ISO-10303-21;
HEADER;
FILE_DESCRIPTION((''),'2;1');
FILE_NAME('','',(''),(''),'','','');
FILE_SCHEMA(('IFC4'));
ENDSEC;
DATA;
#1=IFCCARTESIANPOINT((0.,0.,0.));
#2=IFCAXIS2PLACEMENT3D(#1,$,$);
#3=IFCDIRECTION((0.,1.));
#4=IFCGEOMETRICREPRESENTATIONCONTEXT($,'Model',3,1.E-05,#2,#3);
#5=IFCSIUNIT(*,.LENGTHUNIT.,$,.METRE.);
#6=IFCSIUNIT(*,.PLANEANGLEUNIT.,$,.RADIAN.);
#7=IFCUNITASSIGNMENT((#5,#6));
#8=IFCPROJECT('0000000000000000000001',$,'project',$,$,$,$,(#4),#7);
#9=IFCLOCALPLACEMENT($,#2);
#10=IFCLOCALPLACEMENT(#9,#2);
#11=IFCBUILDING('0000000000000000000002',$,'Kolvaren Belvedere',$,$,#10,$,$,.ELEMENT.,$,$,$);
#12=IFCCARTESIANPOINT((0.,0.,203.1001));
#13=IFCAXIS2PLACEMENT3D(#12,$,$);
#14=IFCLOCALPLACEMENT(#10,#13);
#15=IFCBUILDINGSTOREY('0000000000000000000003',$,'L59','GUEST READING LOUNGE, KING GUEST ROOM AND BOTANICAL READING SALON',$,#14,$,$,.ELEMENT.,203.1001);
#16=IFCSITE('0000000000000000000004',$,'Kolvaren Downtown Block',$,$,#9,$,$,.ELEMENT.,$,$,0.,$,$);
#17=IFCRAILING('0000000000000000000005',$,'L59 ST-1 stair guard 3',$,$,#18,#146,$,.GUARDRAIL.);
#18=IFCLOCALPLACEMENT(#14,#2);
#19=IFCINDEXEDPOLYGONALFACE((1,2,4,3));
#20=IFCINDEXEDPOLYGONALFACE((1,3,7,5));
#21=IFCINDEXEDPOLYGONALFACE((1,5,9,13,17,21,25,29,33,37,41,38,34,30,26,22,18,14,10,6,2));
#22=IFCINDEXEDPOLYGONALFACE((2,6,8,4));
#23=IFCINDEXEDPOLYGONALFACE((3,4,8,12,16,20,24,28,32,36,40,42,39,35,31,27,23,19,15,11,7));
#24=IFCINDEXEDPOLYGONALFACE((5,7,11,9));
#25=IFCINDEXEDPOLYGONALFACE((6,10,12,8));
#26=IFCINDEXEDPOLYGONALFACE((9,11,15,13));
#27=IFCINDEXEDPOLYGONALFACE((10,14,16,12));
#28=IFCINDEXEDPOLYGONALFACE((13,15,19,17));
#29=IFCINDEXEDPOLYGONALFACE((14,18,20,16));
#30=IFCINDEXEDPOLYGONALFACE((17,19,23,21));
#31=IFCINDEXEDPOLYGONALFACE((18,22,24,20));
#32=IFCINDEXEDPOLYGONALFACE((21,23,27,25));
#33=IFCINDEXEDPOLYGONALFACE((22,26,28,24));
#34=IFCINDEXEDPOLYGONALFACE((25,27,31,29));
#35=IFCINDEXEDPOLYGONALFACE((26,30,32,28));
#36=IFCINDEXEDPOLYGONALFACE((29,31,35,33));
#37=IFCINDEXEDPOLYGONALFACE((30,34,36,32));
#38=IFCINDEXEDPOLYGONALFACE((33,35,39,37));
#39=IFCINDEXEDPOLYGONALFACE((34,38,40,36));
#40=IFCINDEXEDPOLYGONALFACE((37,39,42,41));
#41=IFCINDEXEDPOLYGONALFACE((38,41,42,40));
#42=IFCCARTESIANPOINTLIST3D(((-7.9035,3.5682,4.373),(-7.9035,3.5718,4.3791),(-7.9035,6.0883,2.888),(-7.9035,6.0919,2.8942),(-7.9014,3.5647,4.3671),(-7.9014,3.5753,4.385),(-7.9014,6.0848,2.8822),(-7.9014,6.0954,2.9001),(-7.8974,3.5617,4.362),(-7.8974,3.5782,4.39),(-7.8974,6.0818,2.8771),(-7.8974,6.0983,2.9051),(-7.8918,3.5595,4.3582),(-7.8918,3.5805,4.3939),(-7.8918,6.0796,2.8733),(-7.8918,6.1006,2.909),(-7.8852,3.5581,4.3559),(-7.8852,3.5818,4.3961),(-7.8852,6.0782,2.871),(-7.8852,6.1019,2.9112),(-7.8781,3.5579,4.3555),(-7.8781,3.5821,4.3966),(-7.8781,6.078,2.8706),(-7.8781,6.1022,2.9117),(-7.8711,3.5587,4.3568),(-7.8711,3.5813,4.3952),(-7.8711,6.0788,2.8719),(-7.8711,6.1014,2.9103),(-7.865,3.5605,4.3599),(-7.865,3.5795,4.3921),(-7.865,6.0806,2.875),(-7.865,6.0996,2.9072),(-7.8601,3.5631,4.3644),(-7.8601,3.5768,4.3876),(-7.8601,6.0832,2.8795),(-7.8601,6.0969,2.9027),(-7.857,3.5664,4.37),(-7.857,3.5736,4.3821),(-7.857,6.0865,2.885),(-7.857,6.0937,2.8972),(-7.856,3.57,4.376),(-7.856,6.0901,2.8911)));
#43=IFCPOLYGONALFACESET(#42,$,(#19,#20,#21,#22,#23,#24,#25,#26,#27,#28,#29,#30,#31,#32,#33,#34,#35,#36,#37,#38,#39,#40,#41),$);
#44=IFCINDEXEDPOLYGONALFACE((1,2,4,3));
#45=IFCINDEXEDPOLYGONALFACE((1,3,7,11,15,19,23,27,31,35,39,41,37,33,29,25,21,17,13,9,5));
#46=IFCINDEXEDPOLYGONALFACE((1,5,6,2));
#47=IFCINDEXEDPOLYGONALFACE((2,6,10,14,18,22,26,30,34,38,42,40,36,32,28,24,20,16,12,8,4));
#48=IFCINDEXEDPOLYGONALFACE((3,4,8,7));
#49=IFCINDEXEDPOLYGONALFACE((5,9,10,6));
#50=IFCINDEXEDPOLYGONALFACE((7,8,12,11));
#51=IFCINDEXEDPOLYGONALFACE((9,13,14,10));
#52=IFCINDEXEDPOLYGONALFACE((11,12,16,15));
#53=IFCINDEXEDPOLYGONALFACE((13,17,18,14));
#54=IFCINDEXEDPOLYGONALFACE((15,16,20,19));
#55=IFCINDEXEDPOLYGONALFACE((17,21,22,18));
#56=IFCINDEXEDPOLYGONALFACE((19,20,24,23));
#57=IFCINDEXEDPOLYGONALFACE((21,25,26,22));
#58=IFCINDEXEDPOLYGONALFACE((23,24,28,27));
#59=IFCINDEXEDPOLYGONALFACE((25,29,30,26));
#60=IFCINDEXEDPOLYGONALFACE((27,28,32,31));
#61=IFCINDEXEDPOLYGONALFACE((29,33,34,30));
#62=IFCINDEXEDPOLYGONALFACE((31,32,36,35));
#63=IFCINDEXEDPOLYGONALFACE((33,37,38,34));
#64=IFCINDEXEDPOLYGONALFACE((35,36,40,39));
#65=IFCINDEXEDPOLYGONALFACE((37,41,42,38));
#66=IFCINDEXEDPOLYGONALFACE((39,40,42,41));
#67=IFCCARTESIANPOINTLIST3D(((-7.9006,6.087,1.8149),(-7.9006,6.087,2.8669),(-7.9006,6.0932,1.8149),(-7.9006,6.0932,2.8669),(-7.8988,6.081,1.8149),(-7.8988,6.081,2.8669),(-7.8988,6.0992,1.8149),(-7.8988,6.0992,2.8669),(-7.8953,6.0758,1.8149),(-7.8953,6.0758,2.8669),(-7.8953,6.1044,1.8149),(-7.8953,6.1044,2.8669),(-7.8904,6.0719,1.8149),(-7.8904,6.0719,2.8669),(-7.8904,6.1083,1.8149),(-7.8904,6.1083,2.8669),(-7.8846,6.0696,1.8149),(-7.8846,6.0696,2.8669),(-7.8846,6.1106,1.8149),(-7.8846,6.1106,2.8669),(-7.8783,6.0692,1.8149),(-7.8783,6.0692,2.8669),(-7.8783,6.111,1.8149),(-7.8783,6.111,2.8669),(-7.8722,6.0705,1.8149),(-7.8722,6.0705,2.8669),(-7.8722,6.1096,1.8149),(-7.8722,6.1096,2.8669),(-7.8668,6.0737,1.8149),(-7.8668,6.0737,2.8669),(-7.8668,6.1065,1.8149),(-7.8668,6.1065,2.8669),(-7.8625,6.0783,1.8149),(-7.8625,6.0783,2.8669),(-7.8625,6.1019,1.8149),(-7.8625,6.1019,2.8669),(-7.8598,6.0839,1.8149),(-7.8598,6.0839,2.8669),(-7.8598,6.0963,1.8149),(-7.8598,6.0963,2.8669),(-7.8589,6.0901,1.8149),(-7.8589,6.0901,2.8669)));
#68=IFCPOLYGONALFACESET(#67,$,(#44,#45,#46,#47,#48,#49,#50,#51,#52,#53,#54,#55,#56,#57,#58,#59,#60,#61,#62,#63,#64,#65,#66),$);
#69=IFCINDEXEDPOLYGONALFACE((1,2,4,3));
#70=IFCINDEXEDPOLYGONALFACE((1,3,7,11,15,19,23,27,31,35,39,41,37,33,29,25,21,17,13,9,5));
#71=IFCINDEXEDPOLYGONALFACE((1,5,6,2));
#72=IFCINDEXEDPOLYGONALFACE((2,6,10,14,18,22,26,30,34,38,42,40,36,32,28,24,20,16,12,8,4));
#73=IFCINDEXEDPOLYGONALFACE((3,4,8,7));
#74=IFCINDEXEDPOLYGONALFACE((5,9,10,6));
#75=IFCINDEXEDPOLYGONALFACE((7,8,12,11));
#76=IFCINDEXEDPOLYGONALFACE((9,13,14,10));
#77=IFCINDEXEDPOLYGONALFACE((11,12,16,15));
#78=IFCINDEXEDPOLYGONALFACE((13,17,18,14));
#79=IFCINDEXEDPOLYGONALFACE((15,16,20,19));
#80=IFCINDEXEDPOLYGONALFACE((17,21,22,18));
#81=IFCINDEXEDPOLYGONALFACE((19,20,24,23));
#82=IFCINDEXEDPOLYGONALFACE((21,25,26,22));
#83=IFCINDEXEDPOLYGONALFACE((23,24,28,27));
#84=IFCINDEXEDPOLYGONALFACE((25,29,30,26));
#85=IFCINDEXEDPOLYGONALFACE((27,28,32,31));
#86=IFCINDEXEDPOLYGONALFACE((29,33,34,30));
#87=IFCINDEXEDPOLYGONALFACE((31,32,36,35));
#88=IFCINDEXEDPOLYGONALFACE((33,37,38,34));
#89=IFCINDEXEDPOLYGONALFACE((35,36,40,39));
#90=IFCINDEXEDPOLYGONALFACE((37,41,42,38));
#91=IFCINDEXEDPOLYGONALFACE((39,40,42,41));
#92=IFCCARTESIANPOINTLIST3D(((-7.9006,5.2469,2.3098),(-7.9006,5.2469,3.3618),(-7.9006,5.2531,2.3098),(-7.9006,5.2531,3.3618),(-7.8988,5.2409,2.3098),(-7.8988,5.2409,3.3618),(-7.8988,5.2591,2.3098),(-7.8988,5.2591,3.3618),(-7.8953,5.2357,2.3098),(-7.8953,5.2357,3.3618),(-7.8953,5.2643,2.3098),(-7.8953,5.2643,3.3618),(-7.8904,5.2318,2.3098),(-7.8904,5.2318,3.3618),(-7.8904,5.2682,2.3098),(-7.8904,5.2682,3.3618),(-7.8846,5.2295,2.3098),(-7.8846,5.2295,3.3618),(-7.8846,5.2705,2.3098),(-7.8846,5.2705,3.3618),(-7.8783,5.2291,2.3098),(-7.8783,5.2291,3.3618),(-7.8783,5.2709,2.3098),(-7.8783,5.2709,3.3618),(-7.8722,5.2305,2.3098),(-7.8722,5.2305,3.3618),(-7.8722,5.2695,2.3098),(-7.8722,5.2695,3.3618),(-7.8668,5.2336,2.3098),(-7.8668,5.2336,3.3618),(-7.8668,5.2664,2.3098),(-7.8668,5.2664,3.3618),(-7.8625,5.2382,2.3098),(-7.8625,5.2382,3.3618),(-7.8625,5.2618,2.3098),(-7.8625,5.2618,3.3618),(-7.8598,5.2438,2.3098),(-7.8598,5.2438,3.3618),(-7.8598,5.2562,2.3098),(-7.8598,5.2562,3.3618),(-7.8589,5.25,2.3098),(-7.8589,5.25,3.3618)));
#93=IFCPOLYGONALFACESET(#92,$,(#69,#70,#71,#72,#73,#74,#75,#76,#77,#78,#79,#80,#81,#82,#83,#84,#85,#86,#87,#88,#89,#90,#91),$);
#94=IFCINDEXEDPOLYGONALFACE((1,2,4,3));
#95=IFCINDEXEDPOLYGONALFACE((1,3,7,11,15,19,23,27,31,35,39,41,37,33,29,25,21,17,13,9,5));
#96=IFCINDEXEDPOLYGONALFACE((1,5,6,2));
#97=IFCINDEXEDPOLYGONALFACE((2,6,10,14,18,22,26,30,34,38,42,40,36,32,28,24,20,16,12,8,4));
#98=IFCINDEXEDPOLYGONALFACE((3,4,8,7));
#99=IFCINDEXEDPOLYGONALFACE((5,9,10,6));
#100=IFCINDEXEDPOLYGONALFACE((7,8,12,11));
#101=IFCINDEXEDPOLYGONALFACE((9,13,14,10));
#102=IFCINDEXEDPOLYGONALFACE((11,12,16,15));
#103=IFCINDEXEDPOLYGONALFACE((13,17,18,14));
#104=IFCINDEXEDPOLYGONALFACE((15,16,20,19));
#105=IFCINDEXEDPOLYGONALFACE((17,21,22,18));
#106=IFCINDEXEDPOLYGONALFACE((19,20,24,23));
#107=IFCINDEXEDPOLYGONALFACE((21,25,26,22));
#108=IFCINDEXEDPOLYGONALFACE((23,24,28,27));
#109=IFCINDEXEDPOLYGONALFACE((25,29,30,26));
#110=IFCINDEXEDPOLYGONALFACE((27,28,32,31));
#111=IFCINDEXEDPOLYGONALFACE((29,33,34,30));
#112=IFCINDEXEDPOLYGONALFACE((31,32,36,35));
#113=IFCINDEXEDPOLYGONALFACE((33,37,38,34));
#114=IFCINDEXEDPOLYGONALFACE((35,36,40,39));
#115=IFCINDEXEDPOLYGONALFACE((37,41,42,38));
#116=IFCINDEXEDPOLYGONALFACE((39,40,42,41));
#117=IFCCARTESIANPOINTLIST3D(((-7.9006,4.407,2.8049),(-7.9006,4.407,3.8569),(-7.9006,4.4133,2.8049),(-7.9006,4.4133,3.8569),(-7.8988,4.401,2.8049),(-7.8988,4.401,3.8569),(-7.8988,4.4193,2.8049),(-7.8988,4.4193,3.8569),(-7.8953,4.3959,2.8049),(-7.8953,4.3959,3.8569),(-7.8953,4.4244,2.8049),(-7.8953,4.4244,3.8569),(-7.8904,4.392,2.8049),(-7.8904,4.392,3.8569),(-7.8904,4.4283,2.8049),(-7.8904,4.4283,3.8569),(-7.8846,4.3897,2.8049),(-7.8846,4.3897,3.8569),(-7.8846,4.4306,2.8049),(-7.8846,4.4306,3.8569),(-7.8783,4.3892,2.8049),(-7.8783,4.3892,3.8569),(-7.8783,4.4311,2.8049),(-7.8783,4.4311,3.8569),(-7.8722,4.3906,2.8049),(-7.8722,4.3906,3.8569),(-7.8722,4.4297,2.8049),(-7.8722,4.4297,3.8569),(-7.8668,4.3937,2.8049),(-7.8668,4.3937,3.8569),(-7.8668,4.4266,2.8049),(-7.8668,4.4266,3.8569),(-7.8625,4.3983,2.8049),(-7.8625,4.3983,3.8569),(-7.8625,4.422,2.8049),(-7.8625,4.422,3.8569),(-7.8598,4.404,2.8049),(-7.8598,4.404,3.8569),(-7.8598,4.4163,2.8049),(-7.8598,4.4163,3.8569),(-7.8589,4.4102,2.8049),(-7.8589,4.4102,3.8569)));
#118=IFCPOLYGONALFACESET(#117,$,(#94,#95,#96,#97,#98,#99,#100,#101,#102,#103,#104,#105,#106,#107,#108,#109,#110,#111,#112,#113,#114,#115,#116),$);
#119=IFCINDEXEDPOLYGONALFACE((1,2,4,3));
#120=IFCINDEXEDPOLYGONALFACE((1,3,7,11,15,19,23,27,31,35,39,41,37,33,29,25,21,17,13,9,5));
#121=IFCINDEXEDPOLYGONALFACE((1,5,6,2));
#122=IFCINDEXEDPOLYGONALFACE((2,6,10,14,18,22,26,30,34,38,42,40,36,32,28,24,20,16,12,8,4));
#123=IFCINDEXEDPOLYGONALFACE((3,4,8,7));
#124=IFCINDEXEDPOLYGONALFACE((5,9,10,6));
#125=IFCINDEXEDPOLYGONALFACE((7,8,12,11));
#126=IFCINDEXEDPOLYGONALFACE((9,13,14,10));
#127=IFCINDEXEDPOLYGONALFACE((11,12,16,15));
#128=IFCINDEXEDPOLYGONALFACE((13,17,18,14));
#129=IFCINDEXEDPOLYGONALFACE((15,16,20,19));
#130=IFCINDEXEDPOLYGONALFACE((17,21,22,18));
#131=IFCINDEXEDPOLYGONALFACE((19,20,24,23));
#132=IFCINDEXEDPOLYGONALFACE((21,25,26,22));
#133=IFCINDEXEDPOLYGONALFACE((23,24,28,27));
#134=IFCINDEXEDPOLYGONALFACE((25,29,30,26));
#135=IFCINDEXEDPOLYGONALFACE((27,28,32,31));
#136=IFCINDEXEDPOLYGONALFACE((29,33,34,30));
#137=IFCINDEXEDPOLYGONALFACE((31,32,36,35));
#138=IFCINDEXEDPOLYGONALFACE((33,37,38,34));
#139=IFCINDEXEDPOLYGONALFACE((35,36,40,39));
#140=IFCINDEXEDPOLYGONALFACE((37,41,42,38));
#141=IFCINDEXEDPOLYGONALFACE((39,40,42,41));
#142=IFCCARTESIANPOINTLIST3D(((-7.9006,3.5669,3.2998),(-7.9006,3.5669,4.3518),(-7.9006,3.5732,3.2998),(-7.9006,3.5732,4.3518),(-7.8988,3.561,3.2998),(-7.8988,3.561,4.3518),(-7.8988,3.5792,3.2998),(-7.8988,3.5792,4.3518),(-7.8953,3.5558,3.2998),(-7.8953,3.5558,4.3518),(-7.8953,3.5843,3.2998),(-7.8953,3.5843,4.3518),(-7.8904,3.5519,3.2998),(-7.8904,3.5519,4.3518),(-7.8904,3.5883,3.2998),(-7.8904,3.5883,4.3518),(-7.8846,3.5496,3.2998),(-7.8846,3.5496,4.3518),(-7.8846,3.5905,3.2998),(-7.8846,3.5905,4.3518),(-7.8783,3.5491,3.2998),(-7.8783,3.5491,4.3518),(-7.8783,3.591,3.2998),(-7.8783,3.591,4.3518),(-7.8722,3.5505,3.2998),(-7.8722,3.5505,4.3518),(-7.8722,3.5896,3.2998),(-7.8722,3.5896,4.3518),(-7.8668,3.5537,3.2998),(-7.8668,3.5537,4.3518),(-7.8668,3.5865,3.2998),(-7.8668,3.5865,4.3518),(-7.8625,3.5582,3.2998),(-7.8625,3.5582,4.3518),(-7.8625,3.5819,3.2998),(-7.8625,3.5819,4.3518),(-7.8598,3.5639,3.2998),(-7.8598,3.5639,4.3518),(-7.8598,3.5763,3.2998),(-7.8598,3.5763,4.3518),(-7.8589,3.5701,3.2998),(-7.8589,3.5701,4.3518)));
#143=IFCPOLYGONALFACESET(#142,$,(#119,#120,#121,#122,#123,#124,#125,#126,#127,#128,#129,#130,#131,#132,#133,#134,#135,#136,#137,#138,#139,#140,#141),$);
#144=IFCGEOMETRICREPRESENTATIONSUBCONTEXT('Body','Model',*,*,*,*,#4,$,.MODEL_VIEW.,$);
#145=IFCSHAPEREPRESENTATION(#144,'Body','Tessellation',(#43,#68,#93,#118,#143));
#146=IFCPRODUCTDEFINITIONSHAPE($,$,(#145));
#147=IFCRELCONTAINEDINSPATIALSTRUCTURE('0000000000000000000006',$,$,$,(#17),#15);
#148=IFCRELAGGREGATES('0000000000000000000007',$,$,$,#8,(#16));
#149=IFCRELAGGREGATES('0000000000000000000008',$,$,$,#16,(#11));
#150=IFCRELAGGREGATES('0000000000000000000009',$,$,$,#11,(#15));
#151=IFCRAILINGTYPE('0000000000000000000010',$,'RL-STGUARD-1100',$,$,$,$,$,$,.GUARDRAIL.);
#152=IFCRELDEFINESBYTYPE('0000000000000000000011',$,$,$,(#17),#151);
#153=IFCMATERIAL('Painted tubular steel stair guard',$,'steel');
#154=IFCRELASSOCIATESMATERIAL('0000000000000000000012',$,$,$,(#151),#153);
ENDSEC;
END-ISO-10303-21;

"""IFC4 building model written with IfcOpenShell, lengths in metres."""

from ifc_helpers import new_model, si_unit, direction, frame, origin, origin_2d, place, context, subcontext, project, spatial, circle, extrude, material, type_object, element, save


model = new_model("IFC4")

# Units and contexts
model_context = context("Model", 3, precision=1e-05, world=origin(), true_north=direction((0.0, 1.0)))
body_context = subcontext(model_context, "Body", "Model", "MODEL_VIEW")
ifc_project = project(units=[si_unit("LENGTHUNIT", "METRE"), si_unit("PLANEANGLEUNIT", "RADIAN")], contexts=[model_context])

# Site, building, storey
site_placement = place(None, origin())
site = spatial("IfcSite", under=ifc_project, at=site_placement, Name="Kolvaren Downtown Block", CompositionType="ELEMENT", RefElevation=0.0)
building_placement = place(site_placement, origin())
building = spatial("IfcBuilding", under=site, at=building_placement, Name="Kolvaren Belvedere", CompositionType="ELEMENT")
storey_placement = place(building_placement, frame((0.0, 0.0, 203.1001)))
storey = spatial("IfcBuildingStorey", under=building, at=storey_placement, Name="L59", Description="GUEST READING LOUNGE, KING GUEST ROOM AND BOTANICAL READING SALON", CompositionType="ELEMENT", Elevation=203.1001)

# Railing
ifc_material_1 = material(Name="Painted tubular steel stair guard", Category="steel")
railing_type_1 = type_object("IfcRailingType", Name="RL-STGUARD-1100", PredefinedType="GUARDRAIL", material=ifc_material_1)
railing_1_placement = place(storey_placement, frame((-7.8799, 6.0901, 1.8149)))
element("IfcRailing", 1, at=railing_1_placement, inside=storey, type_object=railing_type_1, Name="L59 ST-1 stair guard 3", PredefinedType="GUARDRAIL", context=body_context, shape_type="SweptSolid", body=[
    extrude(circle(Radius=0.0239, at=origin_2d()), frame((0.0, 0.0, 1.0762), z_axis=(0.0, -0.861561, 0.507655), x_axis=(1.0, 0.0, 0.0)), (0.0, 0.0, 1.0), 2.925),
    extrude(circle(Radius=0.021, at=origin_2d()), origin(), (0.0, 0.0, 1.0), 1.052),
    extrude(circle(Radius=0.021, at=origin_2d()), frame((0.0, -0.8401, 0.4949)), (0.0, 0.0, 1.0), 1.052),
    extrude(circle(Radius=0.021, at=origin_2d()), frame((0.0, -1.6799, 0.99)), (0.0, 0.0, 1.0), 1.052),
    extrude(circle(Radius=0.021, at=origin_2d()), frame((0.0, -2.52, 1.4849)), (0.0, 0.0, 1.0), 1.052),
])

save(model, "model.ifc")
